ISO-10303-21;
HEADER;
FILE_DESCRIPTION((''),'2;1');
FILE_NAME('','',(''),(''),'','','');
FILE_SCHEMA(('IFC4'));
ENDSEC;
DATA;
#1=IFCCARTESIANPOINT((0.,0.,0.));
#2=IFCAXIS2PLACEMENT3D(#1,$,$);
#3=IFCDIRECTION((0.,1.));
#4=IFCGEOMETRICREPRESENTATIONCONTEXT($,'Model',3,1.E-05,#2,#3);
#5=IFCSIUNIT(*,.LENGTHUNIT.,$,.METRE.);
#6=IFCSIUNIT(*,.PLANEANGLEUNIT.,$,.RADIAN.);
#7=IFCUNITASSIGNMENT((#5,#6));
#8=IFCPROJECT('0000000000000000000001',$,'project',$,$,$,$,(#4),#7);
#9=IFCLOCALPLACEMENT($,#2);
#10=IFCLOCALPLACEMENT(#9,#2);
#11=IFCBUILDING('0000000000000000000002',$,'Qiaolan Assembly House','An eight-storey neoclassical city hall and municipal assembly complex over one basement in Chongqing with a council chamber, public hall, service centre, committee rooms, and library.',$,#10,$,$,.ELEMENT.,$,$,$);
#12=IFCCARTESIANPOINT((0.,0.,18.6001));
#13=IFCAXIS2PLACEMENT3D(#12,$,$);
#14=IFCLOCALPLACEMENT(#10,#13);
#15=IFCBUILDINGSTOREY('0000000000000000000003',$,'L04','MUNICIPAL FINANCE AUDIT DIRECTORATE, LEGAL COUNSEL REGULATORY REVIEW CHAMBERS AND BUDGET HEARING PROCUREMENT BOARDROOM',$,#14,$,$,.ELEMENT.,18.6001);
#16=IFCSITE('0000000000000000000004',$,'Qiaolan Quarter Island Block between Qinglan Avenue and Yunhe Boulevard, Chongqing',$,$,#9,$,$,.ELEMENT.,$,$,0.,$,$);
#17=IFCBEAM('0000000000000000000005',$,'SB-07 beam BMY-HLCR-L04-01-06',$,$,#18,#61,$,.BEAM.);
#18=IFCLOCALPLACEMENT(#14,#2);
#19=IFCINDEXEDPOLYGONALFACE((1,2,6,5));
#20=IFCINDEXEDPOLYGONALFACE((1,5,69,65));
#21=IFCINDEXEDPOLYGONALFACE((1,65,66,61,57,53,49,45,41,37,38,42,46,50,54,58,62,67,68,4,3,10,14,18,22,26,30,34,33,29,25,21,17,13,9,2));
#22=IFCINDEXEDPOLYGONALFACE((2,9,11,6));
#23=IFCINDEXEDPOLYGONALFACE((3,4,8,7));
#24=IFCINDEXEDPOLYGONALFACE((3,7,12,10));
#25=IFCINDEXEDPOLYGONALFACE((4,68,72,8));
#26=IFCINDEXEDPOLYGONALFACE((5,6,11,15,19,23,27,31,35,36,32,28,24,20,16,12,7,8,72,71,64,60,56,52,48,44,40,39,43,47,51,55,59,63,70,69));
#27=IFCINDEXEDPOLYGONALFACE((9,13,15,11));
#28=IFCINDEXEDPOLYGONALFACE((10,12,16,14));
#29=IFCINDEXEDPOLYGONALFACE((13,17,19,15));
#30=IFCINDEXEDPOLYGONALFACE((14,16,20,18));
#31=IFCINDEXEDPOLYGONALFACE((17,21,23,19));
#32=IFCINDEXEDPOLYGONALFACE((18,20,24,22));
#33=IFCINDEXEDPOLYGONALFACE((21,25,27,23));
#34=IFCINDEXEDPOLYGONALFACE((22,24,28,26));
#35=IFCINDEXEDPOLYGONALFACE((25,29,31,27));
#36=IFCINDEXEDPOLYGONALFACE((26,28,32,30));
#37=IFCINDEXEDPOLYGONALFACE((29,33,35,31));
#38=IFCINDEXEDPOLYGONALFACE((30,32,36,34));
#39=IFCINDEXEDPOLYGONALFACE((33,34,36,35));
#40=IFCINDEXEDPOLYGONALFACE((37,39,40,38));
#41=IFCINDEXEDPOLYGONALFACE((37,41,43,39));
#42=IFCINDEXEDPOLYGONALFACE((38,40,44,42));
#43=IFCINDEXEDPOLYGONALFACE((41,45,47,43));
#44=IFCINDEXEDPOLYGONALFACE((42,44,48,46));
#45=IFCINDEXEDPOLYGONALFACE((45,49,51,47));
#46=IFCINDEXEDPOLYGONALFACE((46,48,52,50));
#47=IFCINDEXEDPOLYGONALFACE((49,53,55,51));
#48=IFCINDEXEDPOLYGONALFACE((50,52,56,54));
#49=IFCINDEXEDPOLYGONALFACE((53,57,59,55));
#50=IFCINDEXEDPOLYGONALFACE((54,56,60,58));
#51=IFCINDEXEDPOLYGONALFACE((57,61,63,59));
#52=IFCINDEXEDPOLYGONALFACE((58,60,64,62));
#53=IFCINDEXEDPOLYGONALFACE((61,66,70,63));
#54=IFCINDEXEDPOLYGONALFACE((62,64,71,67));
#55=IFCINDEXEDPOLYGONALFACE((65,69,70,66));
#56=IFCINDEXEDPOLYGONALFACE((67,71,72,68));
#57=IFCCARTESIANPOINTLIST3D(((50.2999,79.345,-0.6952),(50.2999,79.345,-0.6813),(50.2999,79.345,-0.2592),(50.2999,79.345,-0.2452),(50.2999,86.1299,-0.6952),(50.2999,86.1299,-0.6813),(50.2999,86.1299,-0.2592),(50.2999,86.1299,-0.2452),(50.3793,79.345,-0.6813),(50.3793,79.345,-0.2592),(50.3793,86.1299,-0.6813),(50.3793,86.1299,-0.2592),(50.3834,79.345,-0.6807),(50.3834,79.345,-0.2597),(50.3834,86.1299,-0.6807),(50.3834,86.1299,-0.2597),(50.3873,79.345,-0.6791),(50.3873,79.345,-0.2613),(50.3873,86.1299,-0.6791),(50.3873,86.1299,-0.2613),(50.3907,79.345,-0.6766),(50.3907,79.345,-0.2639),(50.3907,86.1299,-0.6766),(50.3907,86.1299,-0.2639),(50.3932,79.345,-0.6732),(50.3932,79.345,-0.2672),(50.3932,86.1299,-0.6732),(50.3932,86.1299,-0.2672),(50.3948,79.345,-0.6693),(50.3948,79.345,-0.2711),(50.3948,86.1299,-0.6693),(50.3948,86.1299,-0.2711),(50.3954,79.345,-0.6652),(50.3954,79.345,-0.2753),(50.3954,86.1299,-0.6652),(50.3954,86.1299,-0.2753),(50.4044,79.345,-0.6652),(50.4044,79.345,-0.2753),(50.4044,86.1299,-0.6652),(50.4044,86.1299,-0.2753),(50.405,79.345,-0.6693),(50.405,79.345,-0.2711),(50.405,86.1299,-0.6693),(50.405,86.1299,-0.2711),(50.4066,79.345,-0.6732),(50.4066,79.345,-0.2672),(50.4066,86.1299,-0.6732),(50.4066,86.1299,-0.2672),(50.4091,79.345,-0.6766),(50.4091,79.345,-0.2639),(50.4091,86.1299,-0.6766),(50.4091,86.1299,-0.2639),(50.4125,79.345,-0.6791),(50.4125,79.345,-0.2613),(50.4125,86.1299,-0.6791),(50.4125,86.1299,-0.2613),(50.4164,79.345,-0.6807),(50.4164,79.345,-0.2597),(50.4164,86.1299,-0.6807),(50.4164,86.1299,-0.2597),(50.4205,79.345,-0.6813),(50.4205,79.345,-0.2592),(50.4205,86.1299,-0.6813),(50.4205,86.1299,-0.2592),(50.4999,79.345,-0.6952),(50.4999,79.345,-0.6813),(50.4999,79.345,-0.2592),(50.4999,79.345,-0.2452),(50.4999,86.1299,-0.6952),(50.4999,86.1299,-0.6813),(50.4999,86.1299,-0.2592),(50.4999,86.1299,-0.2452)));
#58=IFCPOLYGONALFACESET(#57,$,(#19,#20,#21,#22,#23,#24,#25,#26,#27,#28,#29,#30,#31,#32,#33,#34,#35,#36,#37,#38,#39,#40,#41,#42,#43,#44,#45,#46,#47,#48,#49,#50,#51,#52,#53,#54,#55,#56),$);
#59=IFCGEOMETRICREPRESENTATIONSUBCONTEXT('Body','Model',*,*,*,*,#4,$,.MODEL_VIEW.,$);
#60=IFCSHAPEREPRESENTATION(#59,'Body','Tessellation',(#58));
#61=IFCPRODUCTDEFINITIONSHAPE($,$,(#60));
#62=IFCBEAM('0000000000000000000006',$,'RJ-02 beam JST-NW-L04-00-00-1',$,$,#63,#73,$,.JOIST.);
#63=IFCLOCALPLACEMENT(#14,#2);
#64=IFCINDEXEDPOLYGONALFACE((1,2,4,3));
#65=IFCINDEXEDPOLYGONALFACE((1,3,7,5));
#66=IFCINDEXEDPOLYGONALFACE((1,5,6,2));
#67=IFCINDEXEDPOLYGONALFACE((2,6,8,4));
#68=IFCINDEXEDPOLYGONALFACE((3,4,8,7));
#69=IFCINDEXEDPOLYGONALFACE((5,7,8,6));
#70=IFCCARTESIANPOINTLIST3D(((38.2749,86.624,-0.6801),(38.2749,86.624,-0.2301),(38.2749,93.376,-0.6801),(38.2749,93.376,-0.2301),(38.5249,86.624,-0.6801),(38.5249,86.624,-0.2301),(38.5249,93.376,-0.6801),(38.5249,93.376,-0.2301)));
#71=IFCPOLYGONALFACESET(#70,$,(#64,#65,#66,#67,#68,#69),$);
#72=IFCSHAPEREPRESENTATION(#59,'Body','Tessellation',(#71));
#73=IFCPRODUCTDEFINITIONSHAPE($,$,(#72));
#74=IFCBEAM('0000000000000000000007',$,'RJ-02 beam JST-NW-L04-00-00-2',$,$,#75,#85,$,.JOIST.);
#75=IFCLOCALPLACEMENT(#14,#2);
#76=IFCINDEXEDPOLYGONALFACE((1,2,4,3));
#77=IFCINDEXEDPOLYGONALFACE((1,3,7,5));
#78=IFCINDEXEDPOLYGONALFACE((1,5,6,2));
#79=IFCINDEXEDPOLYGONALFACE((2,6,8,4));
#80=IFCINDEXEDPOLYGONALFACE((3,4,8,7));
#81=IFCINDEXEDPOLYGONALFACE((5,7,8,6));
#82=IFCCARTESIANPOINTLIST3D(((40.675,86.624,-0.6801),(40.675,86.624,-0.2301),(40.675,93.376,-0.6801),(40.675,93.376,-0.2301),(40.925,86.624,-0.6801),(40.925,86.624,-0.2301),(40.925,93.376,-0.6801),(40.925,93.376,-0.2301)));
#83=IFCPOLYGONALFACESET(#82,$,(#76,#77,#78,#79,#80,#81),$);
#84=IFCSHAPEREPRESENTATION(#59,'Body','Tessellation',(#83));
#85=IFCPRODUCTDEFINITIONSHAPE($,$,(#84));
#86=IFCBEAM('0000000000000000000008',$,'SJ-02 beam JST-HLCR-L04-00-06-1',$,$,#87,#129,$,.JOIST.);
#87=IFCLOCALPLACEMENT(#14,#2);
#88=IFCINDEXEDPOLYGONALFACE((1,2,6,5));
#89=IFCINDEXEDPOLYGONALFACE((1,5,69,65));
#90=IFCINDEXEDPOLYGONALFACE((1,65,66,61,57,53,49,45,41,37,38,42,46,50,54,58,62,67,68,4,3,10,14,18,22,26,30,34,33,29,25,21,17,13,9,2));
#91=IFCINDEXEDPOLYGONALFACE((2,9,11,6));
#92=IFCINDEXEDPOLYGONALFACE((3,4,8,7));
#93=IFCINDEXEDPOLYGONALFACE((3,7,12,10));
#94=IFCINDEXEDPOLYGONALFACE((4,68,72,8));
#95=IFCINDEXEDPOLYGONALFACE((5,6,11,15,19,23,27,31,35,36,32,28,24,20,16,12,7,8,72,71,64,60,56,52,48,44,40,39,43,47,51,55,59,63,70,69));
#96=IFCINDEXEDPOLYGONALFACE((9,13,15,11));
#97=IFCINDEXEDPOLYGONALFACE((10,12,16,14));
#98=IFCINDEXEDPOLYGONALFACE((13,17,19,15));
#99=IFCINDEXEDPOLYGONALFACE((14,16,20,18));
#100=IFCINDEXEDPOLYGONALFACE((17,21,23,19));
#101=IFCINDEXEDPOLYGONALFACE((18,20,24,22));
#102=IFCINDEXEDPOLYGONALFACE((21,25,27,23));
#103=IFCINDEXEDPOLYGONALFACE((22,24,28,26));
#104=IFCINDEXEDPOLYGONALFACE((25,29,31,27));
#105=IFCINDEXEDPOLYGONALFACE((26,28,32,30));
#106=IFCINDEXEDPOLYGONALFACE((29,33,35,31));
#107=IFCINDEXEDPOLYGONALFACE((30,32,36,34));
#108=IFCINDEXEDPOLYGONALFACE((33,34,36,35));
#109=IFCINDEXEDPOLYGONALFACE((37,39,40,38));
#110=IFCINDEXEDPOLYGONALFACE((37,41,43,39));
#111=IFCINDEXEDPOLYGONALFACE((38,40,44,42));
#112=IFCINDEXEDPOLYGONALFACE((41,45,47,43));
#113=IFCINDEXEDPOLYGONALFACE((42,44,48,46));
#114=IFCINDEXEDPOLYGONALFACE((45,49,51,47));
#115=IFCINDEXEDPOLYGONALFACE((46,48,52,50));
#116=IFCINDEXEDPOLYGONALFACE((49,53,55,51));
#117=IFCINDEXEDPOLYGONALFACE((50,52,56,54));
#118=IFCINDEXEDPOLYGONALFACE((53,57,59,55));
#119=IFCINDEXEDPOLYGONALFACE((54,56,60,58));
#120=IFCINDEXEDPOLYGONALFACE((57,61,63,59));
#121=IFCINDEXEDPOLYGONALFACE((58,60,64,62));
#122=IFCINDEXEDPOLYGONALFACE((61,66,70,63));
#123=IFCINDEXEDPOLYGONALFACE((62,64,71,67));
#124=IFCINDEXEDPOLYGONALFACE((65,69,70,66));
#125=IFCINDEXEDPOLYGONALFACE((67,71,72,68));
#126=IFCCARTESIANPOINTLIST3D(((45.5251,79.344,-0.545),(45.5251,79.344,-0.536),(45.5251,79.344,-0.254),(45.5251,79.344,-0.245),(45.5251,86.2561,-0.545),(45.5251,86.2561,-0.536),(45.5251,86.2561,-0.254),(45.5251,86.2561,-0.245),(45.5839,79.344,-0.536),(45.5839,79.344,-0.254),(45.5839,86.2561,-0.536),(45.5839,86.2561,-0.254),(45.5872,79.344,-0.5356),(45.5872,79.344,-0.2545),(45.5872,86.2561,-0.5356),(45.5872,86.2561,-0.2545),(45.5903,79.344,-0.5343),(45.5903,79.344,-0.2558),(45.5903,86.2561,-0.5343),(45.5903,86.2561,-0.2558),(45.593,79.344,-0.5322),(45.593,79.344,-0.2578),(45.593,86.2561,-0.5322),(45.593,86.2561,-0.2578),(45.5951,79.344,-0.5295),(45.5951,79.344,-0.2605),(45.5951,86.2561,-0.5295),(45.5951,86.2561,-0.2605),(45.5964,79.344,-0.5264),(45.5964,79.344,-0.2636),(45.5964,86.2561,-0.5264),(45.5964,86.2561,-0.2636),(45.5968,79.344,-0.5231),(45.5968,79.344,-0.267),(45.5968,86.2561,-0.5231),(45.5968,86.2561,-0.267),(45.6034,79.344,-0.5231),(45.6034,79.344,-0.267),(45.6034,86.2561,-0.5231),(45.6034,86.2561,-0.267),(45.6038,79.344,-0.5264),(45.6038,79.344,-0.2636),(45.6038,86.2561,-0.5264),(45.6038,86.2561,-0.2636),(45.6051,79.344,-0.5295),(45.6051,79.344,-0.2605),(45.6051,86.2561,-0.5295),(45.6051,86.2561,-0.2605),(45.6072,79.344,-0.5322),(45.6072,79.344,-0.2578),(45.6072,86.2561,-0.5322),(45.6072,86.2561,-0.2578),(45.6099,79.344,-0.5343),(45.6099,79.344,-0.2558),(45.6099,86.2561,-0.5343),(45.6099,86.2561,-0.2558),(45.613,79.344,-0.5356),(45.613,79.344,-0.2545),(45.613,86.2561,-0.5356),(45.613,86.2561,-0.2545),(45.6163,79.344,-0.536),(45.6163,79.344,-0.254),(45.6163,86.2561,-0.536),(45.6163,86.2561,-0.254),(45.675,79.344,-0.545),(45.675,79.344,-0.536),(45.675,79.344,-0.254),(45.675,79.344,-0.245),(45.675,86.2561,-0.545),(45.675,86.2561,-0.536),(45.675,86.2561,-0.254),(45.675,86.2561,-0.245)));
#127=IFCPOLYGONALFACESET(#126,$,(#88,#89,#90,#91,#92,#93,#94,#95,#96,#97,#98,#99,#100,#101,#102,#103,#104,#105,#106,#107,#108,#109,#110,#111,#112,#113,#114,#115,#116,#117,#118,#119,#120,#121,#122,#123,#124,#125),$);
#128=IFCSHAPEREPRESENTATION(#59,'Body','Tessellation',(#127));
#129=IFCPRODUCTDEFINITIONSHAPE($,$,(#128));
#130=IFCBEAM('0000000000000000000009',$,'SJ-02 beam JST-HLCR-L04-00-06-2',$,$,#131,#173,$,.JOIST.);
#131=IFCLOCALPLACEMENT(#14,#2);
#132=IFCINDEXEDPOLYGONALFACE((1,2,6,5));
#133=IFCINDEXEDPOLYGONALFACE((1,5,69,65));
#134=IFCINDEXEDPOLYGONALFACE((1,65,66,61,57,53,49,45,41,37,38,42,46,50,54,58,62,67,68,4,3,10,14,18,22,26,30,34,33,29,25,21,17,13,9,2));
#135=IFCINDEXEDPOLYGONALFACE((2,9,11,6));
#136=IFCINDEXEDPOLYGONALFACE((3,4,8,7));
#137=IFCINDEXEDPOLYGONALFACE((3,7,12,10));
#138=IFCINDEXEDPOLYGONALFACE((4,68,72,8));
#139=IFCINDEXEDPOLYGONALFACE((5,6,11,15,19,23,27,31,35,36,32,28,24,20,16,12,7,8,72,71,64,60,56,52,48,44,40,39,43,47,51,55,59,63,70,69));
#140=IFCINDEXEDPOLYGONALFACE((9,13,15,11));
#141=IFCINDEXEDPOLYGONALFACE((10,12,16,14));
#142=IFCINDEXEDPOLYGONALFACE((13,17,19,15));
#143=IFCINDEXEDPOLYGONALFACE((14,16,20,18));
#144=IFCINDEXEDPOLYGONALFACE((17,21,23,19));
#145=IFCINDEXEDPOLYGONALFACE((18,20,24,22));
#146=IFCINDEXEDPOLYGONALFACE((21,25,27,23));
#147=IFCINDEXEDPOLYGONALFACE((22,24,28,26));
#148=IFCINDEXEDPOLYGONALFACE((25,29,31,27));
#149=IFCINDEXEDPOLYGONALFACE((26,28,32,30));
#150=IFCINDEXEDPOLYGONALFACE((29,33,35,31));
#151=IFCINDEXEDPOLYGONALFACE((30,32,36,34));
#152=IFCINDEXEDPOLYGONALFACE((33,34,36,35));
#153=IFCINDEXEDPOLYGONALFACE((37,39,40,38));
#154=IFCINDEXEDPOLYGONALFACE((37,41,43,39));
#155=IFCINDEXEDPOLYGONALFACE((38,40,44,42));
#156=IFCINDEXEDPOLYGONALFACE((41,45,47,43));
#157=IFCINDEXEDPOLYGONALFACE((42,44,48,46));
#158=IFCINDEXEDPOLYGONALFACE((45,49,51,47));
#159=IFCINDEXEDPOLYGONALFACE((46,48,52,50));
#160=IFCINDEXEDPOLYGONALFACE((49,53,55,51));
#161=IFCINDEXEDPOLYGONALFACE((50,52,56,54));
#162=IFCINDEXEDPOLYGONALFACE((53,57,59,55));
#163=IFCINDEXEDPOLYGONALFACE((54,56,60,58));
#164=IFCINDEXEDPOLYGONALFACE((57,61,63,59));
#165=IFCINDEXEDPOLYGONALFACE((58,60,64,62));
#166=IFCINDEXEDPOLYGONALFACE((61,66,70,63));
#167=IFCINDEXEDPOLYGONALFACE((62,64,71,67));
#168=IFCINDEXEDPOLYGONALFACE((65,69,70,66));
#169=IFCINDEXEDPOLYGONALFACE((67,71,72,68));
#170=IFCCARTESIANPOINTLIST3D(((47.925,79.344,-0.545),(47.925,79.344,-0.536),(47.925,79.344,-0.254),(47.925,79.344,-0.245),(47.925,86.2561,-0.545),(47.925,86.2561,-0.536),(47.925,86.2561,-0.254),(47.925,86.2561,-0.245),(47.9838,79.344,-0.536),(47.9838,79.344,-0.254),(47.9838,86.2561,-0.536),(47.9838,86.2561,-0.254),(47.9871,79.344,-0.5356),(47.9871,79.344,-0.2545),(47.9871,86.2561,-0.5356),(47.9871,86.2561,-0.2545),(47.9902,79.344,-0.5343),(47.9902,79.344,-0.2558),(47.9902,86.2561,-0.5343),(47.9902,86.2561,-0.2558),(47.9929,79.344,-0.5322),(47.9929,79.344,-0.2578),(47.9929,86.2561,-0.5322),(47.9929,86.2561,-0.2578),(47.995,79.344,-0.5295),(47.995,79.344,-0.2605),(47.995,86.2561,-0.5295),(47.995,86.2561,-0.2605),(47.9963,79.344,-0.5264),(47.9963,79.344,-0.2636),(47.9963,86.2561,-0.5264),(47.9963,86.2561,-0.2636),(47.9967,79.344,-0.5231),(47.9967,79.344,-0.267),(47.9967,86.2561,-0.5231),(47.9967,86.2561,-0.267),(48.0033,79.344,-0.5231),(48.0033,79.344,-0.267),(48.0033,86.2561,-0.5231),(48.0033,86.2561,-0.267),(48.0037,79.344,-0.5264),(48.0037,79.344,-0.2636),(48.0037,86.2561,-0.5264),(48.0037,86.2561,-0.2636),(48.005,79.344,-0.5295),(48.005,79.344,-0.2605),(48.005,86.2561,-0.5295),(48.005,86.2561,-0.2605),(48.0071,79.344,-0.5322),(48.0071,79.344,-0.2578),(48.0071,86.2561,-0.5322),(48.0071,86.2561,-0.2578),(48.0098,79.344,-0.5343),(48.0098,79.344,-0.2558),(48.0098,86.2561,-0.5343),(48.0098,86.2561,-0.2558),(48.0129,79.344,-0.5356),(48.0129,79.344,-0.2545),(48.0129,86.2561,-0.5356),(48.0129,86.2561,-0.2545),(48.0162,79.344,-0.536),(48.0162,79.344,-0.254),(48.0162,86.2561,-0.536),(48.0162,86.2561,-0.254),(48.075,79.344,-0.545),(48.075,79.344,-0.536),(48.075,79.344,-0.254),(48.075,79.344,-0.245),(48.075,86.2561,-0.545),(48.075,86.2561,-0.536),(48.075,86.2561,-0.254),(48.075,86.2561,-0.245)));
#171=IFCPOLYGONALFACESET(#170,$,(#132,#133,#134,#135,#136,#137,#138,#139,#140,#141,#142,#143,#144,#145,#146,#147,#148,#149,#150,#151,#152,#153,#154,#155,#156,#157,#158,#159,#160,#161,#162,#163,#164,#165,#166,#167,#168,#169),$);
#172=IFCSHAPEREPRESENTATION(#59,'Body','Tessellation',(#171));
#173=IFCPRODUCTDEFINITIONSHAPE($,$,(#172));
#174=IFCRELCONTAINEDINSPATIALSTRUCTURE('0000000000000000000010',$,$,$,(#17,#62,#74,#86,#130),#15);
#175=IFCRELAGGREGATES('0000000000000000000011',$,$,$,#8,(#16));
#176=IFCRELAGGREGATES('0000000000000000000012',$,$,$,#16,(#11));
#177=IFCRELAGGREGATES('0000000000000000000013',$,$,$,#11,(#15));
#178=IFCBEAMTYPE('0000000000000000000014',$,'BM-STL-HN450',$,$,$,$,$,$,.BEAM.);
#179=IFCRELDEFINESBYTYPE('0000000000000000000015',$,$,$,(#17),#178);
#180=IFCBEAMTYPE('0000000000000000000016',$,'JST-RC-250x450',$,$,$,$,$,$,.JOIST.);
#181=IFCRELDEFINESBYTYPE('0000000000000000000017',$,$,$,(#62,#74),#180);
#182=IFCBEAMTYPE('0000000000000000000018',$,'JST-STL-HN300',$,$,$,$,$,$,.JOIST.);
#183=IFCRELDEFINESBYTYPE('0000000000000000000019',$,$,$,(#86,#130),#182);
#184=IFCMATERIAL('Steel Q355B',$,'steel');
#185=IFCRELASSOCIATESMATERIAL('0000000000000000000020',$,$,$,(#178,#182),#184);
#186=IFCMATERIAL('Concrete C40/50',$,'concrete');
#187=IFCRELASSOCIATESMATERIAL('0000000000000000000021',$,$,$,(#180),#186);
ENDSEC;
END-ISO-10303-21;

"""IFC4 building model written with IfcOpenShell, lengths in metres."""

from ifc_helpers import new_model, si_unit, direction, frame, origin, origin_2d, place, context, subcontext, project, spatial, rectangle, i_section, extrude, material, material_profile, profile_set, type_object, element, save


model = new_model("IFC4")

# Units and contexts
model_context = context("Model", 3, precision=1e-05, world=origin(), true_north=direction((0.0, 1.0)))
body_context = subcontext(model_context, "Body", "Model", "MODEL_VIEW")
ifc_project = project(units=[si_unit("LENGTHUNIT", "METRE"), si_unit("PLANEANGLEUNIT", "RADIAN")], contexts=[model_context])

# Site, building, storey
site_placement = place(None, origin())
site = spatial("IfcSite", under=ifc_project, at=site_placement, Name="Qiaolan Quarter Island Block between Qinglan Avenue and Yunhe Boulevard, Chongqing", CompositionType="ELEMENT", RefElevation=0.0)
building_placement = place(site_placement, origin())
building = spatial("IfcBuilding", under=site, at=building_placement, Name="Qiaolan Assembly House", Description="An eight-storey neoclassical city hall and municipal assembly complex over one basement in Chongqing with a council chamber, public hall, service centre, committee rooms, and library.", CompositionType="ELEMENT")
storey_placement = place(building_placement, frame((0.0, 0.0, 18.6001)))
storey = spatial("IfcBuildingStorey", under=building, at=storey_placement, Name="L04", Description="MUNICIPAL FINANCE AUDIT DIRECTORATE, LEGAL COUNSEL REGULATORY REVIEW CHAMBERS AND BUDGET HEARING PROCUREMENT BOARDROOM", CompositionType="ELEMENT", Elevation=18.6001)

# Shared definitions
ifc_material_1 = material(Name="Concrete C40/50", Category="concrete")

# Beams
ifc_material_2 = material(Name="Steel Q355B", Category="steel")
ifc_material_profile_1 = material_profile(ifc_material_2, i_section(OverallWidth=0.2, OverallDepth=0.45, WebThickness=0.009, FlangeThickness=0.0139, FilletRadius=0.0161, at=origin_2d()), Name="HN 450x200x9x14")
ifc_profile_set_1 = profile_set([ifc_material_profile_1], Name="Steel Q355B")
beam_type_1 = type_object("IfcBeamType", Name="BM-STL-HN450", PredefinedType="BEAM", material=ifc_profile_set_1)
for number, where, z_axis, x_axis, name in (
    (1, (50.3999, 79.345, -0.4702), (0.0, 1.0, 0.0), (-1.0, 0.0, 0.0), "SB-07 beam BMY-HLCR-L04-01-06"),
):
    element("IfcBeam", number, at=place(storey_placement, frame(where, z_axis=z_axis, x_axis=x_axis)), inside=storey, type_object=beam_type_1, Name=name, PredefinedType="BEAM", context=body_context, shape_type="SweptSolid", body=[
        extrude(i_section(OverallWidth=0.2, OverallDepth=0.45, WebThickness=0.009, FlangeThickness=0.0139, FilletRadius=0.0161, at=origin_2d()), origin(), (0.0, 0.0, 1.0), 6.7849),
    ])
ifc_material_profile_2 = material_profile(ifc_material_1, rectangle(XDim=0.25, YDim=0.45, at=origin_2d()), Name="RCB 250x450")
ifc_profile_set_2 = profile_set([ifc_material_profile_2], Name="Concrete C40/50")
beam_type_2 = type_object("IfcBeamType", Name="JST-RC-250x450", PredefinedType="JOIST", material=ifc_profile_set_2)
for number, where, z_axis, x_axis, name in (
    (2, (38.3999, 86.624, -0.4551), (0.0, 1.0, 0.0), (-1.0, 0.0, 0.0), "RJ-02 beam JST-NW-L04-00-00-1"),
    (3, (40.8, 86.624, -0.4551), (0.0, 1.0, 0.0), (-1.0, 0.0, 0.0), "RJ-02 beam JST-NW-L04-00-00-2"),
):
    element("IfcBeam", number, at=place(storey_placement, frame(where, z_axis=z_axis, x_axis=x_axis)), inside=storey, type_object=beam_type_2, Name=name, PredefinedType="JOIST", context=body_context, shape_type="SweptSolid", body=[
        extrude(rectangle(XDim=0.25, YDim=0.45, at=origin_2d()), origin(), (0.0, 0.0, 1.0), 6.752),
    ])
ifc_material_profile_3 = material_profile(ifc_material_2, i_section(OverallWidth=0.1499, OverallDepth=0.3, WebThickness=0.0066, FlangeThickness=0.009, FilletRadius=0.0129, at=origin_2d()), Name="HN 300x150x6.5x9")
ifc_profile_set_3 = profile_set([ifc_material_profile_3], Name="Steel Q355B")
beam_type_3 = type_object("IfcBeamType", Name="JST-STL-HN300", PredefinedType="JOIST", material=ifc_profile_set_3)
for number, where, z_axis, x_axis, name in (
    (4, (45.6001, 79.344, -0.395), (0.0, 1.0, 0.0), (-1.0, 0.0, 0.0), "SJ-02 beam JST-HLCR-L04-00-06-1"),
    (5, (48.0, 79.344, -0.395), (0.0, 1.0, 0.0), (-1.0, 0.0, 0.0), "SJ-02 beam JST-HLCR-L04-00-06-2"),
):
    element("IfcBeam", number, at=place(storey_placement, frame(where, z_axis=z_axis, x_axis=x_axis)), inside=storey, type_object=beam_type_3, Name=name, PredefinedType="JOIST", context=body_context, shape_type="SweptSolid", body=[
        extrude(i_section(OverallWidth=0.1499, OverallDepth=0.3, WebThickness=0.0066, FlangeThickness=0.009, FilletRadius=0.0129, at=origin_2d()), origin(), (0.0, 0.0, 1.0), 6.9121),
    ])

save(model, "model.ifc")
